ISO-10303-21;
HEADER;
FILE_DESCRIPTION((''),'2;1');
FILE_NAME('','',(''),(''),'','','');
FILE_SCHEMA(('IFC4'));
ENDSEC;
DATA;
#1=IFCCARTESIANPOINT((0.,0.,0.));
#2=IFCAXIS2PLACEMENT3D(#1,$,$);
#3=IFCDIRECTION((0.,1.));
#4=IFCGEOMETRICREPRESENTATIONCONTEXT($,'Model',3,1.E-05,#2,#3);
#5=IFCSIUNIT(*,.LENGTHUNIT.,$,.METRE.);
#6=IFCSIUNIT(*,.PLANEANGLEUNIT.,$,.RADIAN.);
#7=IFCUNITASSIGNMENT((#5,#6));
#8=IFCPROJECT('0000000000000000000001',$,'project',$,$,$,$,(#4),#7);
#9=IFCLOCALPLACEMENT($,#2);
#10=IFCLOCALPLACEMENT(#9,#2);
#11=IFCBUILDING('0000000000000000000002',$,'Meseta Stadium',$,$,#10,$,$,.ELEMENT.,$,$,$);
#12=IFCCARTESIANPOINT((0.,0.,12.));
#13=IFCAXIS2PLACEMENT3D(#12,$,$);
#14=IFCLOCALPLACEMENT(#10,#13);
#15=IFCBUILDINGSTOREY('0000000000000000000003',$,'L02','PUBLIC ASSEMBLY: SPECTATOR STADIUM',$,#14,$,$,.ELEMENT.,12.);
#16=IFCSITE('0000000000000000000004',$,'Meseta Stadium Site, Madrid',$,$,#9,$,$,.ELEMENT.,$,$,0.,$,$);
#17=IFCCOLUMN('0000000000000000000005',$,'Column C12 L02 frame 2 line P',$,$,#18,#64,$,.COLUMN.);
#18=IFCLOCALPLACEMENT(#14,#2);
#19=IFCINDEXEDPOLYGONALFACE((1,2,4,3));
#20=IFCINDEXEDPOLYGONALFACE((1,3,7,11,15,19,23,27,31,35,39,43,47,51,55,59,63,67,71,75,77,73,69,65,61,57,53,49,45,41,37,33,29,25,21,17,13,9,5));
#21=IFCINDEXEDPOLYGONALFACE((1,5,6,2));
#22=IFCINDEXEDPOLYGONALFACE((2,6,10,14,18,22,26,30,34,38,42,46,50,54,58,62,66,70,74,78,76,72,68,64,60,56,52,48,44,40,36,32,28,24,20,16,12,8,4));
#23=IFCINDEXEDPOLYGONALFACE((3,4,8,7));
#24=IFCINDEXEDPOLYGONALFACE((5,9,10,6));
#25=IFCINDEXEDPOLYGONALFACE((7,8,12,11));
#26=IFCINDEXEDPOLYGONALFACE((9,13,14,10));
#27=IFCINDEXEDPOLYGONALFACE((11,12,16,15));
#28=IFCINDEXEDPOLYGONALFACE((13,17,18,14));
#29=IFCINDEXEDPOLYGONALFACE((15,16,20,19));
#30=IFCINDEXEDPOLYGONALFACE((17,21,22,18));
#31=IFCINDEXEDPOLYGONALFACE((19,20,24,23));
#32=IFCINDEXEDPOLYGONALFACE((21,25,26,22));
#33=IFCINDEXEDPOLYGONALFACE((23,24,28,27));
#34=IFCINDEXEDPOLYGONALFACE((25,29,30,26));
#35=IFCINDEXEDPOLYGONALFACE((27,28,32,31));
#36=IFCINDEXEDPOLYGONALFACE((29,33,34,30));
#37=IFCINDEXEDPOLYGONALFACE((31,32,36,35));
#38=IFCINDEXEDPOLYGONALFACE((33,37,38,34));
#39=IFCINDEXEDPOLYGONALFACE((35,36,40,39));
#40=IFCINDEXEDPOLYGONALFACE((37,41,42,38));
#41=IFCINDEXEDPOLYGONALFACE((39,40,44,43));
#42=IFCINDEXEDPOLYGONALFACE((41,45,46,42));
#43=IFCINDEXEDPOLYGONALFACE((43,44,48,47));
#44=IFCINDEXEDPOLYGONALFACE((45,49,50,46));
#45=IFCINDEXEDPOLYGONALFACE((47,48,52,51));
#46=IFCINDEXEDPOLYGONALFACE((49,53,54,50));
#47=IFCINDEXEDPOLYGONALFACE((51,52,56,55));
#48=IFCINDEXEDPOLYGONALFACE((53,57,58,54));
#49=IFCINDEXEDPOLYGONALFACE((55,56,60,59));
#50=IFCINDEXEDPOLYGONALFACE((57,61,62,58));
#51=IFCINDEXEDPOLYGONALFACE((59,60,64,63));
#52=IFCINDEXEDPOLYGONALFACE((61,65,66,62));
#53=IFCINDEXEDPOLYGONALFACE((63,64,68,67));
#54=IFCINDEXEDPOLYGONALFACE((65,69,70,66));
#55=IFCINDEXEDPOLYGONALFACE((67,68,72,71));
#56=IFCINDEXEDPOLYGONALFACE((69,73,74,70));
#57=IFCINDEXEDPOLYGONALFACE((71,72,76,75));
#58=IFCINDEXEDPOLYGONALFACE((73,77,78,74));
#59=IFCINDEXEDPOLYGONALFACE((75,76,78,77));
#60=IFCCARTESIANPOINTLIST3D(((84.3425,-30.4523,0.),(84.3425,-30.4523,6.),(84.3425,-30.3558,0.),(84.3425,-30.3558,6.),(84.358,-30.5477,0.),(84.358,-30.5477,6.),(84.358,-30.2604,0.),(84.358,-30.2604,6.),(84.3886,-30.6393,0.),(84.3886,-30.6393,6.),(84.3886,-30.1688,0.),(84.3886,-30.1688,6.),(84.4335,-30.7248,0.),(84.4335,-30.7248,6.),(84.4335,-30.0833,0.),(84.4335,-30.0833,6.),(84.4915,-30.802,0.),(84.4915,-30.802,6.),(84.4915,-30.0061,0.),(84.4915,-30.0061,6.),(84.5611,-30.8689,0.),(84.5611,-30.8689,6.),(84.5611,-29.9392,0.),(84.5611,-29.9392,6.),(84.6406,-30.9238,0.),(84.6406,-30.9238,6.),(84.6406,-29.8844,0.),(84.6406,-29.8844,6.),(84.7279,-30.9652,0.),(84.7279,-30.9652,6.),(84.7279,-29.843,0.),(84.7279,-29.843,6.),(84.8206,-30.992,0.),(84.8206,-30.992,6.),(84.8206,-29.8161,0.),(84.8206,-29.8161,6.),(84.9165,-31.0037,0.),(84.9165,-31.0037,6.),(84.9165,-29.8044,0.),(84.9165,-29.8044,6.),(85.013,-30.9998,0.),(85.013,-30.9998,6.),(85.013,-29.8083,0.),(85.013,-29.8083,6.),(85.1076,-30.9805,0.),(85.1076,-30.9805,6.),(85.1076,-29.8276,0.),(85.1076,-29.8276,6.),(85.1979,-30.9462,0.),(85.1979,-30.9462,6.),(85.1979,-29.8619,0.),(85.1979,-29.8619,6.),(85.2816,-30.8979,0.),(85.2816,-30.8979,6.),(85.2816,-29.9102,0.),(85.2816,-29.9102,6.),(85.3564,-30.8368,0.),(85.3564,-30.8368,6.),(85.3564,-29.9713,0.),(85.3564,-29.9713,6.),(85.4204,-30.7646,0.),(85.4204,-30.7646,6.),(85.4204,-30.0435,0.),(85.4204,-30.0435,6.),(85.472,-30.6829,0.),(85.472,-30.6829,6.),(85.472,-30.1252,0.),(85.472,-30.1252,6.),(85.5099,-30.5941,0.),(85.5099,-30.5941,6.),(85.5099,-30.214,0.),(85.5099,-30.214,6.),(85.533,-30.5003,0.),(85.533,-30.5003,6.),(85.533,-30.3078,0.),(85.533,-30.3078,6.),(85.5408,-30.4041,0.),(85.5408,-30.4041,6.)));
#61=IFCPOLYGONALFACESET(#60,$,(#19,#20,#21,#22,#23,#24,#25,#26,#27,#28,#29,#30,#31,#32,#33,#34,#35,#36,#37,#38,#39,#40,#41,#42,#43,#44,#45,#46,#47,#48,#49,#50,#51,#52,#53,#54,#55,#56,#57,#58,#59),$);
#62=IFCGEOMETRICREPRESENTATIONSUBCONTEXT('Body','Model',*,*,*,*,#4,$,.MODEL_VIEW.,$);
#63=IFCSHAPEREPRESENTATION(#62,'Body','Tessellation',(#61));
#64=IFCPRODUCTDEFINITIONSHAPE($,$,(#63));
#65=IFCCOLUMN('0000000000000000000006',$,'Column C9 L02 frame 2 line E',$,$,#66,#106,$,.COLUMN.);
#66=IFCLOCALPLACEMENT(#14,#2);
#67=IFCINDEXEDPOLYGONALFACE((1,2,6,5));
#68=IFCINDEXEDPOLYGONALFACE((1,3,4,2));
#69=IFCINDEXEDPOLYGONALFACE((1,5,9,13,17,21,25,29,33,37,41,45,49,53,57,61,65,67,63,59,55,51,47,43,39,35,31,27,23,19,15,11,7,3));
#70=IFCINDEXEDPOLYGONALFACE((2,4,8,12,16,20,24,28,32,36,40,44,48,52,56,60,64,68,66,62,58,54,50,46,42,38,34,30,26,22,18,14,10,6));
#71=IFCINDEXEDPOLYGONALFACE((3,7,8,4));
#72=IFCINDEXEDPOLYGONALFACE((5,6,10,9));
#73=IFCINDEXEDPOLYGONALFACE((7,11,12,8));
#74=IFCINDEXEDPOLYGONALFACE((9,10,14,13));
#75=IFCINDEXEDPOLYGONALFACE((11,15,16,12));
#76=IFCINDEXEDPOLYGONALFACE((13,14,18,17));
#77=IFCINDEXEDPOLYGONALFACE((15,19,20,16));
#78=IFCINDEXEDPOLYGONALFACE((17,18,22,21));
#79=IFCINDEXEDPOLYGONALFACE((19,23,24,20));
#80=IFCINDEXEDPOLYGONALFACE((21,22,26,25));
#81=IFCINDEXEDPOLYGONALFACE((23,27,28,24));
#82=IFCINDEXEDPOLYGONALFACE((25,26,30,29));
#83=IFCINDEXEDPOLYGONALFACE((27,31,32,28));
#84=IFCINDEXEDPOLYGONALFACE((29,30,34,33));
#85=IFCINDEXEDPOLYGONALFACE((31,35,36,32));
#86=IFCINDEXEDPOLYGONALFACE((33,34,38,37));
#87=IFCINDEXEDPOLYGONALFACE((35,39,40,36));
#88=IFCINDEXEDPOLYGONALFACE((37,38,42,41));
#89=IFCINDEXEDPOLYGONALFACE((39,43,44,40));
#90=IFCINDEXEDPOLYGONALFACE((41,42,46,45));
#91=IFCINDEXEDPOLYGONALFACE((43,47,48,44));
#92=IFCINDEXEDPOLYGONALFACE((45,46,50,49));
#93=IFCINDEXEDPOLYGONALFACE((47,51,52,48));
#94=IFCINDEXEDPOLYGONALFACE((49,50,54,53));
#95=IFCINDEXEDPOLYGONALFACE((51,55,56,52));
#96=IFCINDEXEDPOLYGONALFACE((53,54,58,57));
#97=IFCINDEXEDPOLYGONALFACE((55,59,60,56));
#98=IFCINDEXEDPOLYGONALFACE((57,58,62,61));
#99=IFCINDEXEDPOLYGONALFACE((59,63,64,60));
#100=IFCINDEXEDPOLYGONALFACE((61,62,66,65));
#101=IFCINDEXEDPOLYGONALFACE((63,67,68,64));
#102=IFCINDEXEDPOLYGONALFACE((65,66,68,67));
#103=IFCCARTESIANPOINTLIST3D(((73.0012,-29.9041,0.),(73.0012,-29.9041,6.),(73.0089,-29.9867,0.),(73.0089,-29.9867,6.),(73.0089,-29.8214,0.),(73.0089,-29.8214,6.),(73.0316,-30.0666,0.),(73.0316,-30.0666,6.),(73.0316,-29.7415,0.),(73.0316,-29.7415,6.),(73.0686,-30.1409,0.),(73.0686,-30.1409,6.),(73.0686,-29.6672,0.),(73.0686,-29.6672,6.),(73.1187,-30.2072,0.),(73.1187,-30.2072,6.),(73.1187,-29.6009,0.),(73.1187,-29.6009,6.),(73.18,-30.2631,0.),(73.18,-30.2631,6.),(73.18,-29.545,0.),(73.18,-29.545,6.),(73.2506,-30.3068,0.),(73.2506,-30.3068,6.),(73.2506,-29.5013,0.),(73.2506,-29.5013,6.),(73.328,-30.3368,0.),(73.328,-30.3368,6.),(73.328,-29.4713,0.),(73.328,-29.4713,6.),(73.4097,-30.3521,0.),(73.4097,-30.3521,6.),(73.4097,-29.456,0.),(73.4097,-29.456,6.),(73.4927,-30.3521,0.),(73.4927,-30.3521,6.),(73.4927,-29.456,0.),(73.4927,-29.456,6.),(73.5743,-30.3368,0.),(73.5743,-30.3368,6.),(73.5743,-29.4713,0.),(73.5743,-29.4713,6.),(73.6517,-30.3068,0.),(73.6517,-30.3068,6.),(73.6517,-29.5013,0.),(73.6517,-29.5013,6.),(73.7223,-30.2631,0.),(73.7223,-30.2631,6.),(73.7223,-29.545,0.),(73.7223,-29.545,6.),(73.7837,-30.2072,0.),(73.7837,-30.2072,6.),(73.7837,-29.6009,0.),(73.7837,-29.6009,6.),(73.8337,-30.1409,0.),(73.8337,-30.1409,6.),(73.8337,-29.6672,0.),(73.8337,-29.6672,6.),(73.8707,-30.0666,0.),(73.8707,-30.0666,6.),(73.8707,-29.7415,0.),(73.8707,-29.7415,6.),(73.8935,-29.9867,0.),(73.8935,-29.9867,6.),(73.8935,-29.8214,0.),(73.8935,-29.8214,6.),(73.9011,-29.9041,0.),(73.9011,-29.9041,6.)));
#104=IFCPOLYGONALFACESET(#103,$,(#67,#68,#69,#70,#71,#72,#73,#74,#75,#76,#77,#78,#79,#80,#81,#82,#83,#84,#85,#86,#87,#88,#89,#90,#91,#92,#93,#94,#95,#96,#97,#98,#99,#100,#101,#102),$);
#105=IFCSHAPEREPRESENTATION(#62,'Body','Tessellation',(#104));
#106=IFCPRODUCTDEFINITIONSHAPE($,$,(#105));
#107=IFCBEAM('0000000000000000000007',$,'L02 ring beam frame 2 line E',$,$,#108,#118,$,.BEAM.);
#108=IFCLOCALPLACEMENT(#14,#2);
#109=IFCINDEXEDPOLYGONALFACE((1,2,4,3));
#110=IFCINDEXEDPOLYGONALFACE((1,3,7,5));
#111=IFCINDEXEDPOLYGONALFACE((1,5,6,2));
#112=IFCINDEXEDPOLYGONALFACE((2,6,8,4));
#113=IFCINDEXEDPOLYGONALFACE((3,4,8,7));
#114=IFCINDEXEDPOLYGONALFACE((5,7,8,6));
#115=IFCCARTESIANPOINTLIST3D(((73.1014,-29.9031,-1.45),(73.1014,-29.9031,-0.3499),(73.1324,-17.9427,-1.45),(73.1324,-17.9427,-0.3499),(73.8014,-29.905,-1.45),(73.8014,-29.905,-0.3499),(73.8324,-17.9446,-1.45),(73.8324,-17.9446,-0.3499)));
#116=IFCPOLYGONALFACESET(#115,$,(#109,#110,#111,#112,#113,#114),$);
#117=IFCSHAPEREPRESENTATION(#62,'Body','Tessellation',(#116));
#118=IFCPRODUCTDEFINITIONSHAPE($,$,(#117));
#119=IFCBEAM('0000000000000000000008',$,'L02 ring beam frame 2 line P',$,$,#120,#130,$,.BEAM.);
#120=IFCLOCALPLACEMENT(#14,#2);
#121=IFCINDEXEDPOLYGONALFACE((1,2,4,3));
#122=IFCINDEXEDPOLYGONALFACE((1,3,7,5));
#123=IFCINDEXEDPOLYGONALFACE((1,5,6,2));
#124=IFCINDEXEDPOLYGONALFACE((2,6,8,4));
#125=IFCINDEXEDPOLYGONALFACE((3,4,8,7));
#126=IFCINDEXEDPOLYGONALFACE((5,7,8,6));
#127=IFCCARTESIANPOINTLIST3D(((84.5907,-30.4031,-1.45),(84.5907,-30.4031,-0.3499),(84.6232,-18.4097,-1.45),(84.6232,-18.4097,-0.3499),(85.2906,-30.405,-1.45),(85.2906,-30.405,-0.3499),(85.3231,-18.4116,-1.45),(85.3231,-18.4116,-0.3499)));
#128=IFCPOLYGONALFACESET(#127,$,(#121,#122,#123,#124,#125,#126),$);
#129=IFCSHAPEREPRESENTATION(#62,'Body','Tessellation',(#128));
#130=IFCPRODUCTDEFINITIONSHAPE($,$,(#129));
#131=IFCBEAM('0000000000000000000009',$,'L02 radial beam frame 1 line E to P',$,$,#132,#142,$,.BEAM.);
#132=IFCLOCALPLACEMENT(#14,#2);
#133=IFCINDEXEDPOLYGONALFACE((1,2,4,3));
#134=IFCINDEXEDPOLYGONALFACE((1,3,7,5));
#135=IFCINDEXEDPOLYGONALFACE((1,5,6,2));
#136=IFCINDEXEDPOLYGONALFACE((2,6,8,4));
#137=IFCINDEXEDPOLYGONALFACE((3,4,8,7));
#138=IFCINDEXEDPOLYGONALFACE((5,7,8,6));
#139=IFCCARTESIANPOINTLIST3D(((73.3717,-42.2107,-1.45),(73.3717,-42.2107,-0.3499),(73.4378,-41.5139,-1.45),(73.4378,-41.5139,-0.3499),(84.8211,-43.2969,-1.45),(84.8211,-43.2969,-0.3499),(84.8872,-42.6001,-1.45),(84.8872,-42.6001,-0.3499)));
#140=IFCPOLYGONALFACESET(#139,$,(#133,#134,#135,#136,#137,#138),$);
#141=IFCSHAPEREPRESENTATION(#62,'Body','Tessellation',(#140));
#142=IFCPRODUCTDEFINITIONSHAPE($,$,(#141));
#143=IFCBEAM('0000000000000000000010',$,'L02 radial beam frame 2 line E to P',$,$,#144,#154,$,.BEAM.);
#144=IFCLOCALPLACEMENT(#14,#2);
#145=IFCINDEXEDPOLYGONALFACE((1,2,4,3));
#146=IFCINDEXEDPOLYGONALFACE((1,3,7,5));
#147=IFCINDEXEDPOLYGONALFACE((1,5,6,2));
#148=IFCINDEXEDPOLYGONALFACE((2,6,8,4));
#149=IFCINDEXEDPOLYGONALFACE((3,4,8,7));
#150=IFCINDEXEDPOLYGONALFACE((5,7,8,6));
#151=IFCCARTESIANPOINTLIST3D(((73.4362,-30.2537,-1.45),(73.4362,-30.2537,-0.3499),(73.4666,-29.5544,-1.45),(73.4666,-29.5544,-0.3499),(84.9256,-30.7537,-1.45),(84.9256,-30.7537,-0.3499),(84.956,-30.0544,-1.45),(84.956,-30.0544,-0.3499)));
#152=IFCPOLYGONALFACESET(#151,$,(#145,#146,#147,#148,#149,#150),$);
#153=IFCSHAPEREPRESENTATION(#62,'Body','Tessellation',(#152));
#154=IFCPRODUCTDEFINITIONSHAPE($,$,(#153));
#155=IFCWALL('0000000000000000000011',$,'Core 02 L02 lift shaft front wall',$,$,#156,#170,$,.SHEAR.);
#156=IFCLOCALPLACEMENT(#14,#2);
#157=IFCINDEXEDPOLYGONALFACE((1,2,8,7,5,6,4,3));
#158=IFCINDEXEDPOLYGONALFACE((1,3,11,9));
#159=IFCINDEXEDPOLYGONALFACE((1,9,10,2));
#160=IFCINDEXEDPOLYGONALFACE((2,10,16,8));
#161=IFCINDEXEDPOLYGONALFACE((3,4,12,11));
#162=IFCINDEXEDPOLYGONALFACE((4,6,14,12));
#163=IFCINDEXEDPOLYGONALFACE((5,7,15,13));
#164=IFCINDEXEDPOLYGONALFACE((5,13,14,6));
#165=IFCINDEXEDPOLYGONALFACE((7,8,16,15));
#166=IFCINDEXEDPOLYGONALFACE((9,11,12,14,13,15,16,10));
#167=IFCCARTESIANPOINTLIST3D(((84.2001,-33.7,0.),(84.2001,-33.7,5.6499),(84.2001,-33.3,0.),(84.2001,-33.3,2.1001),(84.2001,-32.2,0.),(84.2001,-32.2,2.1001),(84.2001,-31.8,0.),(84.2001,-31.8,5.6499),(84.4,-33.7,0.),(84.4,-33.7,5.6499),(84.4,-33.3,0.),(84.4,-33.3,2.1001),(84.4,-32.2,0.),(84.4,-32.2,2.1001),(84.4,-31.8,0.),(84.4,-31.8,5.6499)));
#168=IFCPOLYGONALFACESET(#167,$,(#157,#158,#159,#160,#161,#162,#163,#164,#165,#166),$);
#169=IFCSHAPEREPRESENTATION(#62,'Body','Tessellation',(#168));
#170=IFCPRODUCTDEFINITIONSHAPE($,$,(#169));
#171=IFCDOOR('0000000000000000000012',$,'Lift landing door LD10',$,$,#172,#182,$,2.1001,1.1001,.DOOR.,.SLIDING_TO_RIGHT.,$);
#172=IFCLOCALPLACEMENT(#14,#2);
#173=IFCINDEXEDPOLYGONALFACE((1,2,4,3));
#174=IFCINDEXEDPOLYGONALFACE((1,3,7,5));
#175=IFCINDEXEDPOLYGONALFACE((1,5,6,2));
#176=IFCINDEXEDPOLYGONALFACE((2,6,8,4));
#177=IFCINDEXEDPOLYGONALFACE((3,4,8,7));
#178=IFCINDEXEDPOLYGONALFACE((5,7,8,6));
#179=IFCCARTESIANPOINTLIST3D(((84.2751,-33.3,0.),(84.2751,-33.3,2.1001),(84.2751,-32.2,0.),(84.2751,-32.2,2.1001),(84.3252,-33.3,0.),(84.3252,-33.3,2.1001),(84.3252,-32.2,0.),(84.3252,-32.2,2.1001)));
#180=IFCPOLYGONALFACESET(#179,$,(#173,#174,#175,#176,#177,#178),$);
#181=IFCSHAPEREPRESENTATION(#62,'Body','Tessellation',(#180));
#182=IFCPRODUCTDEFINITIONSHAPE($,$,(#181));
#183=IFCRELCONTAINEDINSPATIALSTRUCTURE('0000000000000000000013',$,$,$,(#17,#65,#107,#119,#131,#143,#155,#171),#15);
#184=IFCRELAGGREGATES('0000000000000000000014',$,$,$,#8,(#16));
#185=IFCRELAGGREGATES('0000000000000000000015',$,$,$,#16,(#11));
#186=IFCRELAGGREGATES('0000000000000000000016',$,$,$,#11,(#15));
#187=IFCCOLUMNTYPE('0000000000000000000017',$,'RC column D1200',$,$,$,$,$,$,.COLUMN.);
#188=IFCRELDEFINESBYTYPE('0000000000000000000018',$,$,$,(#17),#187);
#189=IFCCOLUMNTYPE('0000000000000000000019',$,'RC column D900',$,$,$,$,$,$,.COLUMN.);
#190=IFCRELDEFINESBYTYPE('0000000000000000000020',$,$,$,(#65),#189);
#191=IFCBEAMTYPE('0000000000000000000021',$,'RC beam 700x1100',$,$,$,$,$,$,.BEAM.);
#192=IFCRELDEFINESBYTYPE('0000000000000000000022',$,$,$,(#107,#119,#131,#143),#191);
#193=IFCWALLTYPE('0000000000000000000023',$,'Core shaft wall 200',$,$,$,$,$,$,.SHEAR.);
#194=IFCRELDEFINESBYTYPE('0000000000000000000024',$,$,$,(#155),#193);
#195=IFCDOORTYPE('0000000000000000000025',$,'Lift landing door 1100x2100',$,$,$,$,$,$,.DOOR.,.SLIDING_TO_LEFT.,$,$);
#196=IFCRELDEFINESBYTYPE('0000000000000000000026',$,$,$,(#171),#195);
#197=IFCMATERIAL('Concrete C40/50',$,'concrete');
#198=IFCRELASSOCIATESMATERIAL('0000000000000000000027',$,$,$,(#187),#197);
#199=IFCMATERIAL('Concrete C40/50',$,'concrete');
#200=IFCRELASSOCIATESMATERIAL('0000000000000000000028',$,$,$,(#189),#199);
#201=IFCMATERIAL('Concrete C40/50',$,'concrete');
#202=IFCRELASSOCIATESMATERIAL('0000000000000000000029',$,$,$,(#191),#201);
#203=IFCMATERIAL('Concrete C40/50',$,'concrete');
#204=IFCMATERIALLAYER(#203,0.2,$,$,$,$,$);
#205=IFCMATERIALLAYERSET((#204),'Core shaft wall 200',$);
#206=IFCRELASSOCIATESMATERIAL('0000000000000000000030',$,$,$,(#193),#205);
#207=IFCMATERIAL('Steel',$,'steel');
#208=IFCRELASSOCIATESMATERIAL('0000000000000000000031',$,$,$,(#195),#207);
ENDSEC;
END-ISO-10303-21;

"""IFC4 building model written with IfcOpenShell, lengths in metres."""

from ifc_helpers import new_model, si_unit, direction, frame, frame_2d, origin, origin_2d, place, context, subcontext, project, spatial, rectangle, circle, extrude, material, layer, layer_set, material_profile, profile_set, type_object, element, fill, save


model = new_model("IFC4")

# Units and contexts
model_context = context("Model", 3, precision=1e-05, world=origin(), true_north=direction((0.0, 1.0)))
body_context = subcontext(model_context, "Body", "Model", "MODEL_VIEW")
ifc_project = project(units=[si_unit("LENGTHUNIT", "METRE"), si_unit("PLANEANGLEUNIT", "RADIAN")], contexts=[model_context])

# Site, building, storey
site_placement = place(None, origin())
site = spatial("IfcSite", under=ifc_project, at=site_placement, Name="Meseta Stadium Site, Madrid", CompositionType="ELEMENT", RefElevation=0.0)
building_placement = place(site_placement, origin())
building = spatial("IfcBuilding", under=site, at=building_placement, Name="Meseta Stadium", CompositionType="ELEMENT")
storey_placement = place(building_placement, frame((0.0, 0.0, 12.0)))
storey = spatial("IfcBuildingStorey", under=building, at=storey_placement, Name="L02", Description="PUBLIC ASSEMBLY: SPECTATOR STADIUM", CompositionType="ELEMENT", Elevation=12.0)

# Columns
ifc_material_1 = material(Name="Concrete C40/50", Category="concrete")
ifc_material_profile_1 = material_profile(ifc_material_1, circle(Radius=0.6001, at=origin_2d()), Name="RC D1200")
ifc_profile_set_1 = profile_set([ifc_material_profile_1], Name="Concrete C40/50")
column_type_1 = type_object("IfcColumnType", Name="RC column D1200", PredefinedType="COLUMN", material=ifc_profile_set_1)
column_1_placement = place(storey_placement, frame((84.9407, -30.4041, 0.0), z_axis=(0.0, 0.0, 1.0), x_axis=(1.0, 0.0, 0.0)))
element("IfcColumn", 1, at=column_1_placement, inside=storey, type_object=column_type_1, Name="Column C12 L02 frame 2 line P", PredefinedType="COLUMN", context=body_context, shape_type="SweptSolid", body=[
    extrude(circle(Radius=0.6001, at=origin_2d()), origin(), (0.0, 0.0, 1.0), 6.0),
])
ifc_material_2 = material(Name="Concrete C40/50", Category="concrete")
ifc_material_profile_2 = material_profile(ifc_material_2, circle(Radius=0.45, at=origin_2d()), Name="RC D900")
ifc_profile_set_2 = profile_set([ifc_material_profile_2], Name="Concrete C40/50")
column_type_2 = type_object("IfcColumnType", Name="RC column D900", PredefinedType="COLUMN", material=ifc_profile_set_2)
column_2_placement = place(storey_placement, frame((73.4512, -29.9041, 0.0), z_axis=(0.0, 0.0, 1.0), x_axis=(1.0, 0.0, 0.0)))
element("IfcColumn", 2, at=column_2_placement, inside=storey, type_object=column_type_2, Name="Column C9 L02 frame 2 line E", PredefinedType="COLUMN", context=body_context, shape_type="SweptSolid", body=[
    extrude(circle(Radius=0.45, at=origin_2d()), origin(), (0.0, 0.0, 1.0), 6.0),
])

# Beams
ifc_material_3 = material(Name="Concrete C40/50", Category="concrete")
ifc_material_profile_3 = material_profile(ifc_material_3, rectangle(XDim=0.7, YDim=1.1001, at=origin_2d()), Name="RC 700x1100")
ifc_profile_set_3 = profile_set([ifc_material_profile_3], Name="Concrete C40/50")
beam_type = type_object("IfcBeamType", Name="RC beam 700x1100", PredefinedType="BEAM", material=ifc_profile_set_3)
beam_1_placement = place(storey_placement, frame((73.4514, -29.9041, -0.8999), z_axis=(0.002592, 0.999997, 0.0), x_axis=(-0.999997, 0.002592, 0.0)))
element("IfcBeam", 3, at=beam_1_placement, inside=storey, type_object=beam_type, Name="L02 ring beam frame 2 line E", PredefinedType="BEAM", context=body_context, shape_type="SweptSolid", body=[
    extrude(rectangle(XDim=0.7, YDim=1.1001, at=origin_2d()), origin(), (0.0, 0.0, 1.0), 11.9604),
])
beam_2_placement = place(storey_placement, frame((84.9407, -30.4041, -0.8999), z_axis=(0.002707, 0.999996, 0.0), x_axis=(-0.999996, 0.002707, 0.0)))
element("IfcBeam", 4, at=beam_2_placement, inside=storey, type_object=beam_type, Name="L02 ring beam frame 2 line P", PredefinedType="BEAM", context=body_context, shape_type="SweptSolid", body=[
    extrude(rectangle(XDim=0.7, YDim=1.1001, at=origin_2d()), origin(), (0.0, 0.0, 1.0), 11.9934),
])
beam_3_placement = place(storey_placement, frame((73.4048, -41.8623, -0.8999), z_axis=(0.99553, -0.094445, 0.0), x_axis=(0.094445, 0.99553, 0.0)))
element("IfcBeam", 5, at=beam_3_placement, inside=storey, type_object=beam_type, Name="L02 radial beam frame 1 line E to P", PredefinedType="BEAM", context=body_context, shape_type="SweptSolid", body=[
    extrude(rectangle(XDim=0.7, YDim=1.1001, at=origin_2d()), origin(), (0.0, 0.0, 1.0), 11.5007),
])
beam_4_placement = place(storey_placement, frame((73.4514, -29.9041, -0.8999), z_axis=(0.999054, -0.043478, 0.0), x_axis=(0.043478, 0.999054, 0.0)))
element("IfcBeam", 6, at=beam_4_placement, inside=storey, type_object=beam_type, Name="L02 radial beam frame 2 line E to P", PredefinedType="BEAM", context=body_context, shape_type="SweptSolid", body=[
    extrude(rectangle(XDim=0.7, YDim=1.1001, at=origin_2d()), origin(), (0.0, 0.0, 1.0), 11.5002),
])

# Wall, opening, door
ifc_material_4 = material(Name="Concrete C40/50", Category="concrete")
ifc_layer_1 = layer(ifc_material_4, 0.2)
ifc_layer_set_1 = layer_set([ifc_layer_1], Name="Core shaft wall 200")
wall_type_1 = type_object("IfcWallType", Name="Core shaft wall 200", PredefinedType="SHEAR", material=ifc_layer_set_1)
wall_1_placement = place(storey_placement, frame((84.3, -33.7, 0.0), z_axis=(0.0, 0.0, 1.0), x_axis=(0.0, 1.0, 0.0)))
wall_1 = element("IfcWall", 7, at=wall_1_placement, inside=storey, type_object=wall_type_1, Name="Core 02 L02 lift shaft front wall", PredefinedType="SHEAR", context=body_context, shape_type="SweptSolid", body=[
    extrude(rectangle(XDim=1.8999, YDim=0.2, at=frame_2d((0.95, 0.0))), origin(), (0.0, 0.0, 1.0), 5.6499),
])
opening_1_placement = place(wall_1_placement, frame((0.3999, 0.0, 0.0)))
opening_1 = element("IfcOpeningElement", 8, at=opening_1_placement, cuts=wall_1, PredefinedType="OPENING", context=body_context, shape_type="SweptSolid", body=[
    extrude(rectangle(XDim=1.1001, YDim=2.1001, at=frame_2d((0.55, 1.05))), frame((0.0, 0.1099, 0.0), z_axis=(0.0, -1.0, 0.0), x_axis=(1.0, 0.0, 0.0)), (0.0, 0.0, 1.0), 0.22),
])
ifc_material_5 = material(Name="Steel", Category="steel")
door_type_1 = type_object("IfcDoorType", Name="Lift landing door 1100x2100", OperationType="SLIDING_TO_LEFT", PredefinedType="DOOR", material=ifc_material_5)
door_1_placement = place(opening_1_placement, origin())
door_1 = element("IfcDoor", 9, at=door_1_placement, inside=storey, type_object=door_type_1, Name="Lift landing door LD10", OperationType="SLIDING_TO_RIGHT", OverallHeight=2.1001, OverallWidth=1.1001, PredefinedType="DOOR", context=body_context, shape_type="SweptSolid", body=[
    extrude(rectangle(XDim=1.1001, YDim=2.1001, at=frame_2d((0.55, 1.05))), frame((0.0, 0.0249, 0.0), z_axis=(0.0, -1.0, 0.0), x_axis=(1.0, 0.0, 0.0)), (0.0, 0.0, 1.0), 0.05),
])
fill(opening_1, door_1)

save(model, "model.ifc")
